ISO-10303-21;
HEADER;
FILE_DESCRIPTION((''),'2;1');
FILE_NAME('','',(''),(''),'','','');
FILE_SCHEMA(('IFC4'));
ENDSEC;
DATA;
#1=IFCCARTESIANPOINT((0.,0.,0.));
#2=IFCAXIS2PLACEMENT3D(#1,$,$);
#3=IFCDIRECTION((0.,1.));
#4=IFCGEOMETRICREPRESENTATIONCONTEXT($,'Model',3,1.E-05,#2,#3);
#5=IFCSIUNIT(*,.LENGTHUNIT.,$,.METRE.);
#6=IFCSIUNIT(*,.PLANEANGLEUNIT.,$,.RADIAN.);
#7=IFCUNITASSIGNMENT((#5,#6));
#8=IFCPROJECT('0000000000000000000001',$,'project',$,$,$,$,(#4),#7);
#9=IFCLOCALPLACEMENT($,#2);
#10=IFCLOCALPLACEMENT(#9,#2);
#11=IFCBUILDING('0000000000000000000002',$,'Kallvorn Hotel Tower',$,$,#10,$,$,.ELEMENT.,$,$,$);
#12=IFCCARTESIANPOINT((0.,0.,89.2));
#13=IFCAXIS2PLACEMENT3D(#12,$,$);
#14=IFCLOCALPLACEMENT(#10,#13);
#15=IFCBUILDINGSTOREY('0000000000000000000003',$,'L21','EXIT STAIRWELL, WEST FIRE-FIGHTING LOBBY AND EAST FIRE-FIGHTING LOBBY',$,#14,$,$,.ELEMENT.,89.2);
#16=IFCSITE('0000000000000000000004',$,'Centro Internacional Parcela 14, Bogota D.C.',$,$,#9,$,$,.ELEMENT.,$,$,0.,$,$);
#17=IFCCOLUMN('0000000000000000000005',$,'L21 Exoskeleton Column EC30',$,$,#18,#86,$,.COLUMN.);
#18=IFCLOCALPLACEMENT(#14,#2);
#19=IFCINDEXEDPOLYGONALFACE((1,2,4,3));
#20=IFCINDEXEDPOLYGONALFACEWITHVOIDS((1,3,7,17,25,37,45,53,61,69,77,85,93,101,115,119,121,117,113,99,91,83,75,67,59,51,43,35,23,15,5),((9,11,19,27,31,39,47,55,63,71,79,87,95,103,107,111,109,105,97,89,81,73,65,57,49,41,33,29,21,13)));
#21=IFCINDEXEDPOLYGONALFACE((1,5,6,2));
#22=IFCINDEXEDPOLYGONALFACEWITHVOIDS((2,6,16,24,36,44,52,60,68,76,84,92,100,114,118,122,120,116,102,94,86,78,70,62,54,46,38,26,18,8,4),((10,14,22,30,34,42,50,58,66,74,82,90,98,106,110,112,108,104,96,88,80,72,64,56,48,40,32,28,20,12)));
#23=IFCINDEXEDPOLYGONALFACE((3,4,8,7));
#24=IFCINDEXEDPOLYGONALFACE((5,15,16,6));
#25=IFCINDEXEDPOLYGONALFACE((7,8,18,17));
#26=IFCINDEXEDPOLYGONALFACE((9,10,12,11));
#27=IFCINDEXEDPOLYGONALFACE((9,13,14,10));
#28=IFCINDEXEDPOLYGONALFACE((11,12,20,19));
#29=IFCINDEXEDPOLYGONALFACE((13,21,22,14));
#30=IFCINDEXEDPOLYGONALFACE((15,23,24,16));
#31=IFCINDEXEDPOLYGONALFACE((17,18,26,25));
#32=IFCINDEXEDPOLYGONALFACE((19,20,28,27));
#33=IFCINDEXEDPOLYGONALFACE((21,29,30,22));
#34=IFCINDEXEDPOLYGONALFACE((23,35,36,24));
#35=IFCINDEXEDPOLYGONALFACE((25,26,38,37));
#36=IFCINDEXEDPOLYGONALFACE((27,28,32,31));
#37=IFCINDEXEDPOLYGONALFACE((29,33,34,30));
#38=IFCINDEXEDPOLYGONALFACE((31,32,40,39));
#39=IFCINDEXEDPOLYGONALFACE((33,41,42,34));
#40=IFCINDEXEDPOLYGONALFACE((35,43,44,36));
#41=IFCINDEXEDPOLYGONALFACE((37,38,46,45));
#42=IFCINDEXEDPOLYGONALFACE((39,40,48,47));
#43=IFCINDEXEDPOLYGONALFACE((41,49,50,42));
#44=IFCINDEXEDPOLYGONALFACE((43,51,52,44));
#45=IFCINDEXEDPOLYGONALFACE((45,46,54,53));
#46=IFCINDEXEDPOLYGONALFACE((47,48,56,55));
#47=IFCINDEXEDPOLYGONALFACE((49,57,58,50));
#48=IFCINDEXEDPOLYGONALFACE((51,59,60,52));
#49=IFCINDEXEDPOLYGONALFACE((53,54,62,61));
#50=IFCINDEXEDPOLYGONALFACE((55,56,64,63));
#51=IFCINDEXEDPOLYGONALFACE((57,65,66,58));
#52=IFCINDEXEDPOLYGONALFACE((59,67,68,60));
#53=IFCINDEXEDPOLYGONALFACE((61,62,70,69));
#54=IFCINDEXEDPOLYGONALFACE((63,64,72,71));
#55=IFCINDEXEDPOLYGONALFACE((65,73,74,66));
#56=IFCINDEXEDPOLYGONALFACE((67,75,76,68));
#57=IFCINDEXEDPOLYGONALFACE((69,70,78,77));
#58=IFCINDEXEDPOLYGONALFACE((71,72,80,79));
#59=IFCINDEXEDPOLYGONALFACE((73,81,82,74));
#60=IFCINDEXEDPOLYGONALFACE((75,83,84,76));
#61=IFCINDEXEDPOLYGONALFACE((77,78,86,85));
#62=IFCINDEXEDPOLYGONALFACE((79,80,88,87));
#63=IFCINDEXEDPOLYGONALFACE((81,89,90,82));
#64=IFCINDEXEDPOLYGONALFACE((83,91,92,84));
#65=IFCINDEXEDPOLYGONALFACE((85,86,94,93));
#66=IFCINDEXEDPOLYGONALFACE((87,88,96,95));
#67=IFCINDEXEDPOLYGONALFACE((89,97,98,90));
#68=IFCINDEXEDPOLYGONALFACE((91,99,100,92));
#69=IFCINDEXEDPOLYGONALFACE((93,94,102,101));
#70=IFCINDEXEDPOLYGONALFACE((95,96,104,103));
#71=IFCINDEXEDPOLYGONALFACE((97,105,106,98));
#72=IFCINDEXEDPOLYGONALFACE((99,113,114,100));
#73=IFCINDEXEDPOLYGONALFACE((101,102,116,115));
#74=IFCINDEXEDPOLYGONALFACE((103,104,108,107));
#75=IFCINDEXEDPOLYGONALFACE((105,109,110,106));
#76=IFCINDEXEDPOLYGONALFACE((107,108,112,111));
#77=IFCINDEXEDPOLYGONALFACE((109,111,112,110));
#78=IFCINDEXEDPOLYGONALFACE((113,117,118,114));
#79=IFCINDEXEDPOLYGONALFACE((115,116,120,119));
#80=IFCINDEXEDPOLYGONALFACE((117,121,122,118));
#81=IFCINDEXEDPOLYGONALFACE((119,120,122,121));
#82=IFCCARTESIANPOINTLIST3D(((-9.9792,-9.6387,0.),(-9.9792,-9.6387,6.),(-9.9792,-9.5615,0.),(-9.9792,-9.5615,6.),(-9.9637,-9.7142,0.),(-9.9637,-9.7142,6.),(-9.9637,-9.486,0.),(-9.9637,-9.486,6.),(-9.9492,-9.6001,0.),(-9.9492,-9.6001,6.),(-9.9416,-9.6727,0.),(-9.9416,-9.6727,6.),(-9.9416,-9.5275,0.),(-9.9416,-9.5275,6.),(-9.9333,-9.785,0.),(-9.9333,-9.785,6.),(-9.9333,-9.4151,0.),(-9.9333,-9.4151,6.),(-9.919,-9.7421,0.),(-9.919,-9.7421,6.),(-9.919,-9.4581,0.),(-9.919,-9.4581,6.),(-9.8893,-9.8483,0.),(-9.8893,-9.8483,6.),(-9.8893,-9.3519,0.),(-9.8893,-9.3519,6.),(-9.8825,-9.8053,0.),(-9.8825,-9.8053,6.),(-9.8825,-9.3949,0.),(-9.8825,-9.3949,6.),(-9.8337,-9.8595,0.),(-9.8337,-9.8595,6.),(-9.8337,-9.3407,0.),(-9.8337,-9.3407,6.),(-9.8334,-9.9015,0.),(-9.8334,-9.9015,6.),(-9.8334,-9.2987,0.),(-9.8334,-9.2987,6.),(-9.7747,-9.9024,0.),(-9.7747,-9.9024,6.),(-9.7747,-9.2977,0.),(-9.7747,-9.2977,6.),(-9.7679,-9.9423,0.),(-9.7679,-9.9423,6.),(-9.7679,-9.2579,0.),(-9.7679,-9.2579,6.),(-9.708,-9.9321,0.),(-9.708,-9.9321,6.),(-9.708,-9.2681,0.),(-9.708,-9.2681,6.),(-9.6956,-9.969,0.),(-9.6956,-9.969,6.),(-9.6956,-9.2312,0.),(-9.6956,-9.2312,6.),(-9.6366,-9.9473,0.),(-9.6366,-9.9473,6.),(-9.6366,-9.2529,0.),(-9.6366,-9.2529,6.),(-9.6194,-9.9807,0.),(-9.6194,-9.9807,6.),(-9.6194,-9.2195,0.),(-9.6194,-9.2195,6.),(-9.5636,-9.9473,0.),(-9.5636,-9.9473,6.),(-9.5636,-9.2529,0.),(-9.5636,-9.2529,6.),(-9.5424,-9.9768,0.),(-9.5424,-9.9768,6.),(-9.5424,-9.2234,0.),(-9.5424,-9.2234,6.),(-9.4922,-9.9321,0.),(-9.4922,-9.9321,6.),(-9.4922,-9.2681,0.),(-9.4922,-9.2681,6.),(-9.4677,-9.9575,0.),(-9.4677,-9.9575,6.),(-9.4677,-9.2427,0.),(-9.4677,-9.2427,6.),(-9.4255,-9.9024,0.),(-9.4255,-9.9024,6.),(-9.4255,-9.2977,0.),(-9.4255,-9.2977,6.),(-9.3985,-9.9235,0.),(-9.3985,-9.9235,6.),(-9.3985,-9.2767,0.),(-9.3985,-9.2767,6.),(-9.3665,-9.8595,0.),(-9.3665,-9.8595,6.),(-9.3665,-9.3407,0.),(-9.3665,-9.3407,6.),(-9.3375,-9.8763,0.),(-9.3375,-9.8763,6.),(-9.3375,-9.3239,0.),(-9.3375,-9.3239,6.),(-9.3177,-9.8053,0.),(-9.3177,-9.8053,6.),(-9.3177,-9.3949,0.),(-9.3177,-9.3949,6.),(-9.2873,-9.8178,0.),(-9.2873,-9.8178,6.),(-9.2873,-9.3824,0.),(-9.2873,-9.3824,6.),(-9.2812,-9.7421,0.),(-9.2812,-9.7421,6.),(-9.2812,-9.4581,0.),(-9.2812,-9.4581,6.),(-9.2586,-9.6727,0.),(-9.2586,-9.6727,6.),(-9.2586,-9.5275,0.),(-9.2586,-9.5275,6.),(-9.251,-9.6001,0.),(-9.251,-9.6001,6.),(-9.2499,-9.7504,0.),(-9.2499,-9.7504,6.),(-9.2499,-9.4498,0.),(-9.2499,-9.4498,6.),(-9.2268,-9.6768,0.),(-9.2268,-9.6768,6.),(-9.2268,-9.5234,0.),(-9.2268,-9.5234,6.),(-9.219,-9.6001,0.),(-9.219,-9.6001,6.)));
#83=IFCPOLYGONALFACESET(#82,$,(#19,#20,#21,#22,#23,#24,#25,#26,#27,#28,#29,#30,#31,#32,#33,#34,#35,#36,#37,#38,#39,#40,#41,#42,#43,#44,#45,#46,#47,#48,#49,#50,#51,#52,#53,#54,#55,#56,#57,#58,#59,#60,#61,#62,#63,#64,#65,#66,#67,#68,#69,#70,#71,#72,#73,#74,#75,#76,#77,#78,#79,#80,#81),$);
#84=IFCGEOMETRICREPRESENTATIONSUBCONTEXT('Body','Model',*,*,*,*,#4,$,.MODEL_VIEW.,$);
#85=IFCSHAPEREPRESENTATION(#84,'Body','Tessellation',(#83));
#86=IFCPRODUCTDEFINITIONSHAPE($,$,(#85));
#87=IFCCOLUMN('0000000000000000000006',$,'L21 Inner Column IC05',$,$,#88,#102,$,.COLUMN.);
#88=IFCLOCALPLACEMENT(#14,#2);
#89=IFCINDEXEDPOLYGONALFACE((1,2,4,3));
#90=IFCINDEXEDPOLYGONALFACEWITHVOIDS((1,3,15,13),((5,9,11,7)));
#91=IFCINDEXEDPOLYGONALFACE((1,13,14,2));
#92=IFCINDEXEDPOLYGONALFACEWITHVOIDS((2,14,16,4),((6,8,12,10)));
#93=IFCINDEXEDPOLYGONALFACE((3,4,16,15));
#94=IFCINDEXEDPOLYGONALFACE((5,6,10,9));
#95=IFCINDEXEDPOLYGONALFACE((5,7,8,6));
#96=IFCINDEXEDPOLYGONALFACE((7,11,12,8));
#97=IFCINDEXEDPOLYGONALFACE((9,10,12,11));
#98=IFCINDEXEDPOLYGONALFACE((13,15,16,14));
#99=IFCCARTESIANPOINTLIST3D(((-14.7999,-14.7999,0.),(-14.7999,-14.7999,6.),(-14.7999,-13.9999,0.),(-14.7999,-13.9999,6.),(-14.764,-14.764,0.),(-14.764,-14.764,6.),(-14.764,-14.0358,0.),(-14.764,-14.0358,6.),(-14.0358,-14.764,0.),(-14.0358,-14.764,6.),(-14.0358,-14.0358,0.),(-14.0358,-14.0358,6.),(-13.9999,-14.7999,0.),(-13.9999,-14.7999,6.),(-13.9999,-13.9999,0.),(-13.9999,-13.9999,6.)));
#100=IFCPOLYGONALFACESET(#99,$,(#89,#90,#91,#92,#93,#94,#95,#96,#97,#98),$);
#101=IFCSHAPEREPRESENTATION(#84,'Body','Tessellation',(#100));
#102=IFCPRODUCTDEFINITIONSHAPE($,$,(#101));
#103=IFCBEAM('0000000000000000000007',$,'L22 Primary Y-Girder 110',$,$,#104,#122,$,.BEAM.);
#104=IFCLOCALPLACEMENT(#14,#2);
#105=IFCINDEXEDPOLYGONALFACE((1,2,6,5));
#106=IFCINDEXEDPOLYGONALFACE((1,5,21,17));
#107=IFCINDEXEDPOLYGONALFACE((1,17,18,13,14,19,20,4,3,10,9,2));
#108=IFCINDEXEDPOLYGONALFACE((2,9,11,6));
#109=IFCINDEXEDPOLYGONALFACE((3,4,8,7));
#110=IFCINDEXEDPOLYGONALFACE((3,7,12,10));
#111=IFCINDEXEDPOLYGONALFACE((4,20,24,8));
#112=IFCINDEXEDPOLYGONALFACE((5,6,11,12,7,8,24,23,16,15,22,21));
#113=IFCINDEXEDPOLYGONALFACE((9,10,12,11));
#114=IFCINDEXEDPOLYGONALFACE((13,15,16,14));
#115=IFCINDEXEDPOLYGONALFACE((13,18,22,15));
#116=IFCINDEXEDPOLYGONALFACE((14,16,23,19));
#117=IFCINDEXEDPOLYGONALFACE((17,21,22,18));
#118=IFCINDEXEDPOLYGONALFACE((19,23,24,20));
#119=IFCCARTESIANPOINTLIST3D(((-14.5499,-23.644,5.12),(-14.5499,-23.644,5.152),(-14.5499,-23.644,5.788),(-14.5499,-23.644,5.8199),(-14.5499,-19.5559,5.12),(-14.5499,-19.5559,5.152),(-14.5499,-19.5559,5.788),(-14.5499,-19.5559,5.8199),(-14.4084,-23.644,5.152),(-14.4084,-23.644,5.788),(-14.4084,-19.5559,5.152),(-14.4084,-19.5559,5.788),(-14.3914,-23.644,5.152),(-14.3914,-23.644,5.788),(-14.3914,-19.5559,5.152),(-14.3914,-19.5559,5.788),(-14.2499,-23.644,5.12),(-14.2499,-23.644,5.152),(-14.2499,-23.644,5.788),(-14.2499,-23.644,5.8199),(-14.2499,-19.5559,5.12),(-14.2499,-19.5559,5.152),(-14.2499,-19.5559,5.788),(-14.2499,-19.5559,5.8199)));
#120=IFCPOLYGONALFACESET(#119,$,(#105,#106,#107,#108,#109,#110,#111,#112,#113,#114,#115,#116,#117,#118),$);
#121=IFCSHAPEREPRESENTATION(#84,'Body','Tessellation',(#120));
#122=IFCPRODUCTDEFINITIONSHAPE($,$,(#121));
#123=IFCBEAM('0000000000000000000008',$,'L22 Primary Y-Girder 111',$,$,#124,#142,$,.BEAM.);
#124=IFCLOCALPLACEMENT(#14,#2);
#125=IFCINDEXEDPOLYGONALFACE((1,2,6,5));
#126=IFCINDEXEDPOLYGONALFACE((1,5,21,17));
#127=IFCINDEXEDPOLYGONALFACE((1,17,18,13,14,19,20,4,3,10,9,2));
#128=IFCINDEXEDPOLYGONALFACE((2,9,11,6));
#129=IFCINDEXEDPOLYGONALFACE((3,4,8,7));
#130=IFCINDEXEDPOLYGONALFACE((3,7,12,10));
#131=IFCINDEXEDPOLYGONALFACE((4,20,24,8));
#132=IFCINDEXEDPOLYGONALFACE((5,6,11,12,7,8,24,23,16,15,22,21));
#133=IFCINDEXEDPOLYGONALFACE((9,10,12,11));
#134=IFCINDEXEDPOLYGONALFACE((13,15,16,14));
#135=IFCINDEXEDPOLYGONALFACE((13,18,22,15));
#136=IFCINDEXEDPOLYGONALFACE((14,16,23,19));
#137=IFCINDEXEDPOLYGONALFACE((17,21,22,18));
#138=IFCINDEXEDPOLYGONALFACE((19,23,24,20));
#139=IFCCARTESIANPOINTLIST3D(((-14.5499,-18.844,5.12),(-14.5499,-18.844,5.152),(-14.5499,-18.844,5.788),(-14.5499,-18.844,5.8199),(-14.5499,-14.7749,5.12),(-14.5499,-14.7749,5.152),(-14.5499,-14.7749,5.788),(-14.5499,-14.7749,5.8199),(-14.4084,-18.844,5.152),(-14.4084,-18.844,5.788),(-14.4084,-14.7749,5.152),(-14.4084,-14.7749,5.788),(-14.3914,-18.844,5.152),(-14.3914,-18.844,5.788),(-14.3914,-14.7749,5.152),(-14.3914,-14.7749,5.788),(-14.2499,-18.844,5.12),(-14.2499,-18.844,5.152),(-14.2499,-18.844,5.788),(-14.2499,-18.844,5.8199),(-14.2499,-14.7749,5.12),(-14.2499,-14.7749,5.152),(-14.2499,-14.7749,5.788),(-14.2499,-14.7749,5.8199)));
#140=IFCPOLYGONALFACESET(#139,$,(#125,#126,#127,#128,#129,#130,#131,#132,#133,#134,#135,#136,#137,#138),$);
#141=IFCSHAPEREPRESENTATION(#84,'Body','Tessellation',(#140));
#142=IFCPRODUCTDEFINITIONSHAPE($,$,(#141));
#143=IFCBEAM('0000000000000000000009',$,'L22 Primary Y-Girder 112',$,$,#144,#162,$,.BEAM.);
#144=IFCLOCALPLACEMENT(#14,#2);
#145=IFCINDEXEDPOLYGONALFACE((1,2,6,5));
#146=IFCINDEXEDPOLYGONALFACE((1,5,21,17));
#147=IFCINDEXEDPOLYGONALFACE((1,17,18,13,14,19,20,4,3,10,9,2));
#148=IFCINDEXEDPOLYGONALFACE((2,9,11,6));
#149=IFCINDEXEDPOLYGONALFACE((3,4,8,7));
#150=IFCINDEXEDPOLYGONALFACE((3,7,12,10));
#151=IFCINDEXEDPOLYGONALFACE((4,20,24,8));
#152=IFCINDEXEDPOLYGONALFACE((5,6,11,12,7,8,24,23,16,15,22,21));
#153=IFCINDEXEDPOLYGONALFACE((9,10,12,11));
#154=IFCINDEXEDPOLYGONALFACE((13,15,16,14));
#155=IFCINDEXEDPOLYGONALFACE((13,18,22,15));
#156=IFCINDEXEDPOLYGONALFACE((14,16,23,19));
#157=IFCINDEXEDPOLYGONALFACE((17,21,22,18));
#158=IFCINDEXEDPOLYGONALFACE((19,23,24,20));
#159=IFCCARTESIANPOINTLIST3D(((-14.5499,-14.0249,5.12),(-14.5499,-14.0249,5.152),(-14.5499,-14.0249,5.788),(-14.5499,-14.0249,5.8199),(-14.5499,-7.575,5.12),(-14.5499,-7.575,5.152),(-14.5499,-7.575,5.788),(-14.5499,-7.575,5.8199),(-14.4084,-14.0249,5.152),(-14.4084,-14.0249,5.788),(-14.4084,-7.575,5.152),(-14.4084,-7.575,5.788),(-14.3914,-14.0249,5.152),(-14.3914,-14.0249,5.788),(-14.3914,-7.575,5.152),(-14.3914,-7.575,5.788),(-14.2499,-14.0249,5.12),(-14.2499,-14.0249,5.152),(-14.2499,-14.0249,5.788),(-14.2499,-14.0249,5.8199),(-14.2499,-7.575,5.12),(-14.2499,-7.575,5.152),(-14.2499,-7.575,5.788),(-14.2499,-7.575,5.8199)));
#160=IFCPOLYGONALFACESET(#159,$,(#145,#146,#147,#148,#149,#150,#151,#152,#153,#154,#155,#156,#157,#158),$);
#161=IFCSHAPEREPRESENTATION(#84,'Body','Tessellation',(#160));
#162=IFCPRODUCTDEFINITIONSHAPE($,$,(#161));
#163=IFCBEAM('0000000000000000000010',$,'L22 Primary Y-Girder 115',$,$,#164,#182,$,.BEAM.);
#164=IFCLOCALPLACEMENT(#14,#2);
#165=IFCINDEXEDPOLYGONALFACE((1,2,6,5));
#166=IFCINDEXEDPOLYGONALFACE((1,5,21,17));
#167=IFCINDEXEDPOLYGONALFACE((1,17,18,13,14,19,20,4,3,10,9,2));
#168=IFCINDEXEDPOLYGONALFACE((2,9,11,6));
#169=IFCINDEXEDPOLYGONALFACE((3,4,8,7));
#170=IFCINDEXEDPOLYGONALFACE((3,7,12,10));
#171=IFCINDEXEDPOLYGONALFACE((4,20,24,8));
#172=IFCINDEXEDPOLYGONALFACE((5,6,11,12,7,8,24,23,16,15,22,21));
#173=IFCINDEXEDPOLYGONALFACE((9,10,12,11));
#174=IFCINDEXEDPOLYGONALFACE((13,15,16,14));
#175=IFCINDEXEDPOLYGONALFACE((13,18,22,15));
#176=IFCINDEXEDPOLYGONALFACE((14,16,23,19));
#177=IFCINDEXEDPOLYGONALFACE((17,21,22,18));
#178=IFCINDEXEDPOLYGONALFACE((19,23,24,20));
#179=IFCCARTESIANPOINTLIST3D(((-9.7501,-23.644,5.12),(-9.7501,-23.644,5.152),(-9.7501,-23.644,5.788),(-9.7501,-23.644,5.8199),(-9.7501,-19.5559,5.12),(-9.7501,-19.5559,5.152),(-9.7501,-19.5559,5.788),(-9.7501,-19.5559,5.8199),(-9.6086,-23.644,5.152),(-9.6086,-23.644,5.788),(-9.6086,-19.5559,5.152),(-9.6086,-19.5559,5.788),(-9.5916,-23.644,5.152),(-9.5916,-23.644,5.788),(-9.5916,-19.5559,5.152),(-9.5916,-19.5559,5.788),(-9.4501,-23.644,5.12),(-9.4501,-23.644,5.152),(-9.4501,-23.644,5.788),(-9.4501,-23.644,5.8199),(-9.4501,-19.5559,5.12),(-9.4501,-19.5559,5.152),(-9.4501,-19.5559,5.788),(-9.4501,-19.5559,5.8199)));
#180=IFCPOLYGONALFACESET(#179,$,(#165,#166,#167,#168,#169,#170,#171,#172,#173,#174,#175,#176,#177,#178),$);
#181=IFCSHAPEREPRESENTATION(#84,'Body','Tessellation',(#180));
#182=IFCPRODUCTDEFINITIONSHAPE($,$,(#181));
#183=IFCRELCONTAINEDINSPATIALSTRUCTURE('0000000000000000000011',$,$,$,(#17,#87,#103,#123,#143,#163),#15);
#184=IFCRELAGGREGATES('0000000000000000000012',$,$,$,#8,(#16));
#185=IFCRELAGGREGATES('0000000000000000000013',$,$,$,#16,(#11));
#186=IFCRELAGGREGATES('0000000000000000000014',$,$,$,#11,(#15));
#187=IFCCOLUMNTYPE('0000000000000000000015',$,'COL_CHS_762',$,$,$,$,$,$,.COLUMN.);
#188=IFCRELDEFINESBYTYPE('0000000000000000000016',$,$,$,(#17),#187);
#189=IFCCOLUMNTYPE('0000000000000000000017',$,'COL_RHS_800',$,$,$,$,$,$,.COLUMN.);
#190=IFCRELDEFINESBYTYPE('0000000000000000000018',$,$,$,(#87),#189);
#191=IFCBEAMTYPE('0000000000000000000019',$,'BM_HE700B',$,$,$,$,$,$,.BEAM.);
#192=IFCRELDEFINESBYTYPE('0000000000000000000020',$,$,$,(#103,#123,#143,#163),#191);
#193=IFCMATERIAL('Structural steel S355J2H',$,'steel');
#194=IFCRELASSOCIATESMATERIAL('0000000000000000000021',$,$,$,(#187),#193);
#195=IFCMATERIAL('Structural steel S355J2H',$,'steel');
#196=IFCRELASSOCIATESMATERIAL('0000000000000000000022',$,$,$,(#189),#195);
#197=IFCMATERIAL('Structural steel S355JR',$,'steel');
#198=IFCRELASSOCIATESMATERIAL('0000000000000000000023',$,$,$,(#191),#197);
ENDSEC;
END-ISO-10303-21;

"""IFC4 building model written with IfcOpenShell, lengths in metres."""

from ifc_helpers import new_model, si_unit, direction, frame, origin, origin_2d, place, context, subcontext, project, spatial, hollow_rectangle, hollow_circle, i_section, extrude, material, material_profile, profile_set, type_object, element, save


model = new_model("IFC4")

# Units and contexts
model_context = context("Model", 3, precision=1e-05, world=origin(), true_north=direction((0.0, 1.0)))
body_context = subcontext(model_context, "Body", "Model", "MODEL_VIEW")
ifc_project = project(units=[si_unit("LENGTHUNIT", "METRE"), si_unit("PLANEANGLEUNIT", "RADIAN")], contexts=[model_context])

# Site, building, storey
site_placement = place(None, origin())
site = spatial("IfcSite", under=ifc_project, at=site_placement, Name="Centro Internacional Parcela 14, Bogota D.C.", CompositionType="ELEMENT", RefElevation=0.0)
building_placement = place(site_placement, origin())
building = spatial("IfcBuilding", under=site, at=building_placement, Name="Kallvorn Hotel Tower", CompositionType="ELEMENT")
storey_placement = place(building_placement, frame((0.0, 0.0, 89.2)))
storey = spatial("IfcBuildingStorey", under=building, at=storey_placement, Name="L21", Description="EXIT STAIRWELL, WEST FIRE-FIGHTING LOBBY AND EAST FIRE-FIGHTING LOBBY", CompositionType="ELEMENT", Elevation=89.2)

# Columns
ifc_material_1 = material(Name="Structural steel S355J2H", Category="steel")
ifc_material_profile_1 = material_profile(ifc_material_1, hollow_circle(Radius=0.3811, WallThickness=0.032, at=origin_2d()), Name="CHS 762x32")
ifc_profile_set_1 = profile_set([ifc_material_profile_1], Name="Structural steel S355J2H")
column_type_1 = type_object("IfcColumnType", Name="COL_CHS_762", PredefinedType="COLUMN", material=ifc_profile_set_1)
for number, where, z_axis, x_axis, name in (
    (1, (-9.6001, -9.6001, 0.0), (0.0, 0.0, 1.0), (1.0, 0.0, 0.0), "L21 Exoskeleton Column EC30"),
):
    element("IfcColumn", number, at=place(storey_placement, frame(where, z_axis=z_axis, x_axis=x_axis)), inside=storey, type_object=column_type_1, Name=name, PredefinedType="COLUMN", context=body_context, shape_type="SweptSolid", body=[
        extrude(hollow_circle(Radius=0.3811, WallThickness=0.032, at=origin_2d()), origin(), (0.0, 0.0, 1.0), 6.0),
    ])
ifc_material_2 = material(Name="Structural steel S355J2H", Category="steel")
ifc_material_profile_2 = material_profile(ifc_material_2, hollow_rectangle(XDim=0.8, YDim=0.8, WallThickness=0.0359, at=origin_2d()), Name="RHS 800x800x36")
ifc_profile_set_2 = profile_set([ifc_material_profile_2], Name="Structural steel S355J2H")
column_type_2 = type_object("IfcColumnType", Name="COL_RHS_800", PredefinedType="COLUMN", material=ifc_profile_set_2)
column_placement = place(storey_placement, frame((-14.3999, -14.3999, 0.0), z_axis=(0.0, 0.0, 1.0), x_axis=(1.0, 0.0, 0.0)))
element("IfcColumn", 2, at=column_placement, inside=storey, type_object=column_type_2, Name="L21 Inner Column IC05", PredefinedType="COLUMN", context=body_context, shape_type="SweptSolid", body=[
    extrude(hollow_rectangle(XDim=0.8, YDim=0.8, WallThickness=0.0359, at=origin_2d()), origin(), (0.0, 0.0, 1.0), 6.0),
])

# Beams
ifc_material_3 = material(Name="Structural steel S355JR", Category="steel")
ifc_material_profile_3 = material_profile(ifc_material_3, i_section(OverallWidth=0.3, OverallDepth=0.7, WebThickness=0.0171, FlangeThickness=0.032, at=origin_2d()), Name="HE 700 B")
ifc_profile_set_3 = profile_set([ifc_material_profile_3], Name="Structural steel S355JR")
beam_type_1 = type_object("IfcBeamType", Name="BM_HE700B", PredefinedType="BEAM", material=ifc_profile_set_3)
beam_1_placement = place(storey_placement, frame((-14.3999, -23.644, 5.47), z_axis=(0.0, 1.0, 0.0), x_axis=(-1.0, 0.0, 0.0)))
element("IfcBeam", 3, at=beam_1_placement, inside=storey, type_object=beam_type_1, Name="L22 Primary Y-Girder 110", PredefinedType="BEAM", context=body_context, shape_type="SweptSolid", body=[
    extrude(i_section(OverallWidth=0.3, OverallDepth=0.7, WebThickness=0.0171, FlangeThickness=0.032, at=origin_2d()), origin(), (0.0, 0.0, 1.0), 4.0881),
])
beam_2_placement = place(storey_placement, frame((-14.3999, -18.844, 5.47), z_axis=(0.0, 1.0, 0.0), x_axis=(-1.0, 0.0, 0.0)))
element("IfcBeam", 4, at=beam_2_placement, inside=storey, type_object=beam_type_1, Name="L22 Primary Y-Girder 111", PredefinedType="BEAM", context=body_context, shape_type="SweptSolid", body=[
    extrude(i_section(OverallWidth=0.3, OverallDepth=0.7, WebThickness=0.0171, FlangeThickness=0.032, at=origin_2d()), origin(), (0.0, 0.0, 1.0), 4.0691),
])
beam_3_placement = place(storey_placement, frame((-14.3999, -14.0249, 5.47), z_axis=(0.0, 1.0, 0.0), x_axis=(-1.0, 0.0, 0.0)))
element("IfcBeam", 5, at=beam_3_placement, inside=storey, type_object=beam_type_1, Name="L22 Primary Y-Girder 112", PredefinedType="BEAM", context=body_context, shape_type="SweptSolid", body=[
    extrude(i_section(OverallWidth=0.3, OverallDepth=0.7, WebThickness=0.0171, FlangeThickness=0.032, at=origin_2d()), origin(), (0.0, 0.0, 1.0), 6.45),
])
beam_4_placement = place(storey_placement, frame((-9.6001, -23.644, 5.47), z_axis=(0.0, 1.0, 0.0), x_axis=(-1.0, 0.0, 0.0)))
element("IfcBeam", 6, at=beam_4_placement, inside=storey, type_object=beam_type_1, Name="L22 Primary Y-Girder 115", PredefinedType="BEAM", context=body_context, shape_type="SweptSolid", body=[
    extrude(i_section(OverallWidth=0.3, OverallDepth=0.7, WebThickness=0.0171, FlangeThickness=0.032, at=origin_2d()), origin(), (0.0, 0.0, 1.0), 4.0881),
])

save(model, "model.ifc")
